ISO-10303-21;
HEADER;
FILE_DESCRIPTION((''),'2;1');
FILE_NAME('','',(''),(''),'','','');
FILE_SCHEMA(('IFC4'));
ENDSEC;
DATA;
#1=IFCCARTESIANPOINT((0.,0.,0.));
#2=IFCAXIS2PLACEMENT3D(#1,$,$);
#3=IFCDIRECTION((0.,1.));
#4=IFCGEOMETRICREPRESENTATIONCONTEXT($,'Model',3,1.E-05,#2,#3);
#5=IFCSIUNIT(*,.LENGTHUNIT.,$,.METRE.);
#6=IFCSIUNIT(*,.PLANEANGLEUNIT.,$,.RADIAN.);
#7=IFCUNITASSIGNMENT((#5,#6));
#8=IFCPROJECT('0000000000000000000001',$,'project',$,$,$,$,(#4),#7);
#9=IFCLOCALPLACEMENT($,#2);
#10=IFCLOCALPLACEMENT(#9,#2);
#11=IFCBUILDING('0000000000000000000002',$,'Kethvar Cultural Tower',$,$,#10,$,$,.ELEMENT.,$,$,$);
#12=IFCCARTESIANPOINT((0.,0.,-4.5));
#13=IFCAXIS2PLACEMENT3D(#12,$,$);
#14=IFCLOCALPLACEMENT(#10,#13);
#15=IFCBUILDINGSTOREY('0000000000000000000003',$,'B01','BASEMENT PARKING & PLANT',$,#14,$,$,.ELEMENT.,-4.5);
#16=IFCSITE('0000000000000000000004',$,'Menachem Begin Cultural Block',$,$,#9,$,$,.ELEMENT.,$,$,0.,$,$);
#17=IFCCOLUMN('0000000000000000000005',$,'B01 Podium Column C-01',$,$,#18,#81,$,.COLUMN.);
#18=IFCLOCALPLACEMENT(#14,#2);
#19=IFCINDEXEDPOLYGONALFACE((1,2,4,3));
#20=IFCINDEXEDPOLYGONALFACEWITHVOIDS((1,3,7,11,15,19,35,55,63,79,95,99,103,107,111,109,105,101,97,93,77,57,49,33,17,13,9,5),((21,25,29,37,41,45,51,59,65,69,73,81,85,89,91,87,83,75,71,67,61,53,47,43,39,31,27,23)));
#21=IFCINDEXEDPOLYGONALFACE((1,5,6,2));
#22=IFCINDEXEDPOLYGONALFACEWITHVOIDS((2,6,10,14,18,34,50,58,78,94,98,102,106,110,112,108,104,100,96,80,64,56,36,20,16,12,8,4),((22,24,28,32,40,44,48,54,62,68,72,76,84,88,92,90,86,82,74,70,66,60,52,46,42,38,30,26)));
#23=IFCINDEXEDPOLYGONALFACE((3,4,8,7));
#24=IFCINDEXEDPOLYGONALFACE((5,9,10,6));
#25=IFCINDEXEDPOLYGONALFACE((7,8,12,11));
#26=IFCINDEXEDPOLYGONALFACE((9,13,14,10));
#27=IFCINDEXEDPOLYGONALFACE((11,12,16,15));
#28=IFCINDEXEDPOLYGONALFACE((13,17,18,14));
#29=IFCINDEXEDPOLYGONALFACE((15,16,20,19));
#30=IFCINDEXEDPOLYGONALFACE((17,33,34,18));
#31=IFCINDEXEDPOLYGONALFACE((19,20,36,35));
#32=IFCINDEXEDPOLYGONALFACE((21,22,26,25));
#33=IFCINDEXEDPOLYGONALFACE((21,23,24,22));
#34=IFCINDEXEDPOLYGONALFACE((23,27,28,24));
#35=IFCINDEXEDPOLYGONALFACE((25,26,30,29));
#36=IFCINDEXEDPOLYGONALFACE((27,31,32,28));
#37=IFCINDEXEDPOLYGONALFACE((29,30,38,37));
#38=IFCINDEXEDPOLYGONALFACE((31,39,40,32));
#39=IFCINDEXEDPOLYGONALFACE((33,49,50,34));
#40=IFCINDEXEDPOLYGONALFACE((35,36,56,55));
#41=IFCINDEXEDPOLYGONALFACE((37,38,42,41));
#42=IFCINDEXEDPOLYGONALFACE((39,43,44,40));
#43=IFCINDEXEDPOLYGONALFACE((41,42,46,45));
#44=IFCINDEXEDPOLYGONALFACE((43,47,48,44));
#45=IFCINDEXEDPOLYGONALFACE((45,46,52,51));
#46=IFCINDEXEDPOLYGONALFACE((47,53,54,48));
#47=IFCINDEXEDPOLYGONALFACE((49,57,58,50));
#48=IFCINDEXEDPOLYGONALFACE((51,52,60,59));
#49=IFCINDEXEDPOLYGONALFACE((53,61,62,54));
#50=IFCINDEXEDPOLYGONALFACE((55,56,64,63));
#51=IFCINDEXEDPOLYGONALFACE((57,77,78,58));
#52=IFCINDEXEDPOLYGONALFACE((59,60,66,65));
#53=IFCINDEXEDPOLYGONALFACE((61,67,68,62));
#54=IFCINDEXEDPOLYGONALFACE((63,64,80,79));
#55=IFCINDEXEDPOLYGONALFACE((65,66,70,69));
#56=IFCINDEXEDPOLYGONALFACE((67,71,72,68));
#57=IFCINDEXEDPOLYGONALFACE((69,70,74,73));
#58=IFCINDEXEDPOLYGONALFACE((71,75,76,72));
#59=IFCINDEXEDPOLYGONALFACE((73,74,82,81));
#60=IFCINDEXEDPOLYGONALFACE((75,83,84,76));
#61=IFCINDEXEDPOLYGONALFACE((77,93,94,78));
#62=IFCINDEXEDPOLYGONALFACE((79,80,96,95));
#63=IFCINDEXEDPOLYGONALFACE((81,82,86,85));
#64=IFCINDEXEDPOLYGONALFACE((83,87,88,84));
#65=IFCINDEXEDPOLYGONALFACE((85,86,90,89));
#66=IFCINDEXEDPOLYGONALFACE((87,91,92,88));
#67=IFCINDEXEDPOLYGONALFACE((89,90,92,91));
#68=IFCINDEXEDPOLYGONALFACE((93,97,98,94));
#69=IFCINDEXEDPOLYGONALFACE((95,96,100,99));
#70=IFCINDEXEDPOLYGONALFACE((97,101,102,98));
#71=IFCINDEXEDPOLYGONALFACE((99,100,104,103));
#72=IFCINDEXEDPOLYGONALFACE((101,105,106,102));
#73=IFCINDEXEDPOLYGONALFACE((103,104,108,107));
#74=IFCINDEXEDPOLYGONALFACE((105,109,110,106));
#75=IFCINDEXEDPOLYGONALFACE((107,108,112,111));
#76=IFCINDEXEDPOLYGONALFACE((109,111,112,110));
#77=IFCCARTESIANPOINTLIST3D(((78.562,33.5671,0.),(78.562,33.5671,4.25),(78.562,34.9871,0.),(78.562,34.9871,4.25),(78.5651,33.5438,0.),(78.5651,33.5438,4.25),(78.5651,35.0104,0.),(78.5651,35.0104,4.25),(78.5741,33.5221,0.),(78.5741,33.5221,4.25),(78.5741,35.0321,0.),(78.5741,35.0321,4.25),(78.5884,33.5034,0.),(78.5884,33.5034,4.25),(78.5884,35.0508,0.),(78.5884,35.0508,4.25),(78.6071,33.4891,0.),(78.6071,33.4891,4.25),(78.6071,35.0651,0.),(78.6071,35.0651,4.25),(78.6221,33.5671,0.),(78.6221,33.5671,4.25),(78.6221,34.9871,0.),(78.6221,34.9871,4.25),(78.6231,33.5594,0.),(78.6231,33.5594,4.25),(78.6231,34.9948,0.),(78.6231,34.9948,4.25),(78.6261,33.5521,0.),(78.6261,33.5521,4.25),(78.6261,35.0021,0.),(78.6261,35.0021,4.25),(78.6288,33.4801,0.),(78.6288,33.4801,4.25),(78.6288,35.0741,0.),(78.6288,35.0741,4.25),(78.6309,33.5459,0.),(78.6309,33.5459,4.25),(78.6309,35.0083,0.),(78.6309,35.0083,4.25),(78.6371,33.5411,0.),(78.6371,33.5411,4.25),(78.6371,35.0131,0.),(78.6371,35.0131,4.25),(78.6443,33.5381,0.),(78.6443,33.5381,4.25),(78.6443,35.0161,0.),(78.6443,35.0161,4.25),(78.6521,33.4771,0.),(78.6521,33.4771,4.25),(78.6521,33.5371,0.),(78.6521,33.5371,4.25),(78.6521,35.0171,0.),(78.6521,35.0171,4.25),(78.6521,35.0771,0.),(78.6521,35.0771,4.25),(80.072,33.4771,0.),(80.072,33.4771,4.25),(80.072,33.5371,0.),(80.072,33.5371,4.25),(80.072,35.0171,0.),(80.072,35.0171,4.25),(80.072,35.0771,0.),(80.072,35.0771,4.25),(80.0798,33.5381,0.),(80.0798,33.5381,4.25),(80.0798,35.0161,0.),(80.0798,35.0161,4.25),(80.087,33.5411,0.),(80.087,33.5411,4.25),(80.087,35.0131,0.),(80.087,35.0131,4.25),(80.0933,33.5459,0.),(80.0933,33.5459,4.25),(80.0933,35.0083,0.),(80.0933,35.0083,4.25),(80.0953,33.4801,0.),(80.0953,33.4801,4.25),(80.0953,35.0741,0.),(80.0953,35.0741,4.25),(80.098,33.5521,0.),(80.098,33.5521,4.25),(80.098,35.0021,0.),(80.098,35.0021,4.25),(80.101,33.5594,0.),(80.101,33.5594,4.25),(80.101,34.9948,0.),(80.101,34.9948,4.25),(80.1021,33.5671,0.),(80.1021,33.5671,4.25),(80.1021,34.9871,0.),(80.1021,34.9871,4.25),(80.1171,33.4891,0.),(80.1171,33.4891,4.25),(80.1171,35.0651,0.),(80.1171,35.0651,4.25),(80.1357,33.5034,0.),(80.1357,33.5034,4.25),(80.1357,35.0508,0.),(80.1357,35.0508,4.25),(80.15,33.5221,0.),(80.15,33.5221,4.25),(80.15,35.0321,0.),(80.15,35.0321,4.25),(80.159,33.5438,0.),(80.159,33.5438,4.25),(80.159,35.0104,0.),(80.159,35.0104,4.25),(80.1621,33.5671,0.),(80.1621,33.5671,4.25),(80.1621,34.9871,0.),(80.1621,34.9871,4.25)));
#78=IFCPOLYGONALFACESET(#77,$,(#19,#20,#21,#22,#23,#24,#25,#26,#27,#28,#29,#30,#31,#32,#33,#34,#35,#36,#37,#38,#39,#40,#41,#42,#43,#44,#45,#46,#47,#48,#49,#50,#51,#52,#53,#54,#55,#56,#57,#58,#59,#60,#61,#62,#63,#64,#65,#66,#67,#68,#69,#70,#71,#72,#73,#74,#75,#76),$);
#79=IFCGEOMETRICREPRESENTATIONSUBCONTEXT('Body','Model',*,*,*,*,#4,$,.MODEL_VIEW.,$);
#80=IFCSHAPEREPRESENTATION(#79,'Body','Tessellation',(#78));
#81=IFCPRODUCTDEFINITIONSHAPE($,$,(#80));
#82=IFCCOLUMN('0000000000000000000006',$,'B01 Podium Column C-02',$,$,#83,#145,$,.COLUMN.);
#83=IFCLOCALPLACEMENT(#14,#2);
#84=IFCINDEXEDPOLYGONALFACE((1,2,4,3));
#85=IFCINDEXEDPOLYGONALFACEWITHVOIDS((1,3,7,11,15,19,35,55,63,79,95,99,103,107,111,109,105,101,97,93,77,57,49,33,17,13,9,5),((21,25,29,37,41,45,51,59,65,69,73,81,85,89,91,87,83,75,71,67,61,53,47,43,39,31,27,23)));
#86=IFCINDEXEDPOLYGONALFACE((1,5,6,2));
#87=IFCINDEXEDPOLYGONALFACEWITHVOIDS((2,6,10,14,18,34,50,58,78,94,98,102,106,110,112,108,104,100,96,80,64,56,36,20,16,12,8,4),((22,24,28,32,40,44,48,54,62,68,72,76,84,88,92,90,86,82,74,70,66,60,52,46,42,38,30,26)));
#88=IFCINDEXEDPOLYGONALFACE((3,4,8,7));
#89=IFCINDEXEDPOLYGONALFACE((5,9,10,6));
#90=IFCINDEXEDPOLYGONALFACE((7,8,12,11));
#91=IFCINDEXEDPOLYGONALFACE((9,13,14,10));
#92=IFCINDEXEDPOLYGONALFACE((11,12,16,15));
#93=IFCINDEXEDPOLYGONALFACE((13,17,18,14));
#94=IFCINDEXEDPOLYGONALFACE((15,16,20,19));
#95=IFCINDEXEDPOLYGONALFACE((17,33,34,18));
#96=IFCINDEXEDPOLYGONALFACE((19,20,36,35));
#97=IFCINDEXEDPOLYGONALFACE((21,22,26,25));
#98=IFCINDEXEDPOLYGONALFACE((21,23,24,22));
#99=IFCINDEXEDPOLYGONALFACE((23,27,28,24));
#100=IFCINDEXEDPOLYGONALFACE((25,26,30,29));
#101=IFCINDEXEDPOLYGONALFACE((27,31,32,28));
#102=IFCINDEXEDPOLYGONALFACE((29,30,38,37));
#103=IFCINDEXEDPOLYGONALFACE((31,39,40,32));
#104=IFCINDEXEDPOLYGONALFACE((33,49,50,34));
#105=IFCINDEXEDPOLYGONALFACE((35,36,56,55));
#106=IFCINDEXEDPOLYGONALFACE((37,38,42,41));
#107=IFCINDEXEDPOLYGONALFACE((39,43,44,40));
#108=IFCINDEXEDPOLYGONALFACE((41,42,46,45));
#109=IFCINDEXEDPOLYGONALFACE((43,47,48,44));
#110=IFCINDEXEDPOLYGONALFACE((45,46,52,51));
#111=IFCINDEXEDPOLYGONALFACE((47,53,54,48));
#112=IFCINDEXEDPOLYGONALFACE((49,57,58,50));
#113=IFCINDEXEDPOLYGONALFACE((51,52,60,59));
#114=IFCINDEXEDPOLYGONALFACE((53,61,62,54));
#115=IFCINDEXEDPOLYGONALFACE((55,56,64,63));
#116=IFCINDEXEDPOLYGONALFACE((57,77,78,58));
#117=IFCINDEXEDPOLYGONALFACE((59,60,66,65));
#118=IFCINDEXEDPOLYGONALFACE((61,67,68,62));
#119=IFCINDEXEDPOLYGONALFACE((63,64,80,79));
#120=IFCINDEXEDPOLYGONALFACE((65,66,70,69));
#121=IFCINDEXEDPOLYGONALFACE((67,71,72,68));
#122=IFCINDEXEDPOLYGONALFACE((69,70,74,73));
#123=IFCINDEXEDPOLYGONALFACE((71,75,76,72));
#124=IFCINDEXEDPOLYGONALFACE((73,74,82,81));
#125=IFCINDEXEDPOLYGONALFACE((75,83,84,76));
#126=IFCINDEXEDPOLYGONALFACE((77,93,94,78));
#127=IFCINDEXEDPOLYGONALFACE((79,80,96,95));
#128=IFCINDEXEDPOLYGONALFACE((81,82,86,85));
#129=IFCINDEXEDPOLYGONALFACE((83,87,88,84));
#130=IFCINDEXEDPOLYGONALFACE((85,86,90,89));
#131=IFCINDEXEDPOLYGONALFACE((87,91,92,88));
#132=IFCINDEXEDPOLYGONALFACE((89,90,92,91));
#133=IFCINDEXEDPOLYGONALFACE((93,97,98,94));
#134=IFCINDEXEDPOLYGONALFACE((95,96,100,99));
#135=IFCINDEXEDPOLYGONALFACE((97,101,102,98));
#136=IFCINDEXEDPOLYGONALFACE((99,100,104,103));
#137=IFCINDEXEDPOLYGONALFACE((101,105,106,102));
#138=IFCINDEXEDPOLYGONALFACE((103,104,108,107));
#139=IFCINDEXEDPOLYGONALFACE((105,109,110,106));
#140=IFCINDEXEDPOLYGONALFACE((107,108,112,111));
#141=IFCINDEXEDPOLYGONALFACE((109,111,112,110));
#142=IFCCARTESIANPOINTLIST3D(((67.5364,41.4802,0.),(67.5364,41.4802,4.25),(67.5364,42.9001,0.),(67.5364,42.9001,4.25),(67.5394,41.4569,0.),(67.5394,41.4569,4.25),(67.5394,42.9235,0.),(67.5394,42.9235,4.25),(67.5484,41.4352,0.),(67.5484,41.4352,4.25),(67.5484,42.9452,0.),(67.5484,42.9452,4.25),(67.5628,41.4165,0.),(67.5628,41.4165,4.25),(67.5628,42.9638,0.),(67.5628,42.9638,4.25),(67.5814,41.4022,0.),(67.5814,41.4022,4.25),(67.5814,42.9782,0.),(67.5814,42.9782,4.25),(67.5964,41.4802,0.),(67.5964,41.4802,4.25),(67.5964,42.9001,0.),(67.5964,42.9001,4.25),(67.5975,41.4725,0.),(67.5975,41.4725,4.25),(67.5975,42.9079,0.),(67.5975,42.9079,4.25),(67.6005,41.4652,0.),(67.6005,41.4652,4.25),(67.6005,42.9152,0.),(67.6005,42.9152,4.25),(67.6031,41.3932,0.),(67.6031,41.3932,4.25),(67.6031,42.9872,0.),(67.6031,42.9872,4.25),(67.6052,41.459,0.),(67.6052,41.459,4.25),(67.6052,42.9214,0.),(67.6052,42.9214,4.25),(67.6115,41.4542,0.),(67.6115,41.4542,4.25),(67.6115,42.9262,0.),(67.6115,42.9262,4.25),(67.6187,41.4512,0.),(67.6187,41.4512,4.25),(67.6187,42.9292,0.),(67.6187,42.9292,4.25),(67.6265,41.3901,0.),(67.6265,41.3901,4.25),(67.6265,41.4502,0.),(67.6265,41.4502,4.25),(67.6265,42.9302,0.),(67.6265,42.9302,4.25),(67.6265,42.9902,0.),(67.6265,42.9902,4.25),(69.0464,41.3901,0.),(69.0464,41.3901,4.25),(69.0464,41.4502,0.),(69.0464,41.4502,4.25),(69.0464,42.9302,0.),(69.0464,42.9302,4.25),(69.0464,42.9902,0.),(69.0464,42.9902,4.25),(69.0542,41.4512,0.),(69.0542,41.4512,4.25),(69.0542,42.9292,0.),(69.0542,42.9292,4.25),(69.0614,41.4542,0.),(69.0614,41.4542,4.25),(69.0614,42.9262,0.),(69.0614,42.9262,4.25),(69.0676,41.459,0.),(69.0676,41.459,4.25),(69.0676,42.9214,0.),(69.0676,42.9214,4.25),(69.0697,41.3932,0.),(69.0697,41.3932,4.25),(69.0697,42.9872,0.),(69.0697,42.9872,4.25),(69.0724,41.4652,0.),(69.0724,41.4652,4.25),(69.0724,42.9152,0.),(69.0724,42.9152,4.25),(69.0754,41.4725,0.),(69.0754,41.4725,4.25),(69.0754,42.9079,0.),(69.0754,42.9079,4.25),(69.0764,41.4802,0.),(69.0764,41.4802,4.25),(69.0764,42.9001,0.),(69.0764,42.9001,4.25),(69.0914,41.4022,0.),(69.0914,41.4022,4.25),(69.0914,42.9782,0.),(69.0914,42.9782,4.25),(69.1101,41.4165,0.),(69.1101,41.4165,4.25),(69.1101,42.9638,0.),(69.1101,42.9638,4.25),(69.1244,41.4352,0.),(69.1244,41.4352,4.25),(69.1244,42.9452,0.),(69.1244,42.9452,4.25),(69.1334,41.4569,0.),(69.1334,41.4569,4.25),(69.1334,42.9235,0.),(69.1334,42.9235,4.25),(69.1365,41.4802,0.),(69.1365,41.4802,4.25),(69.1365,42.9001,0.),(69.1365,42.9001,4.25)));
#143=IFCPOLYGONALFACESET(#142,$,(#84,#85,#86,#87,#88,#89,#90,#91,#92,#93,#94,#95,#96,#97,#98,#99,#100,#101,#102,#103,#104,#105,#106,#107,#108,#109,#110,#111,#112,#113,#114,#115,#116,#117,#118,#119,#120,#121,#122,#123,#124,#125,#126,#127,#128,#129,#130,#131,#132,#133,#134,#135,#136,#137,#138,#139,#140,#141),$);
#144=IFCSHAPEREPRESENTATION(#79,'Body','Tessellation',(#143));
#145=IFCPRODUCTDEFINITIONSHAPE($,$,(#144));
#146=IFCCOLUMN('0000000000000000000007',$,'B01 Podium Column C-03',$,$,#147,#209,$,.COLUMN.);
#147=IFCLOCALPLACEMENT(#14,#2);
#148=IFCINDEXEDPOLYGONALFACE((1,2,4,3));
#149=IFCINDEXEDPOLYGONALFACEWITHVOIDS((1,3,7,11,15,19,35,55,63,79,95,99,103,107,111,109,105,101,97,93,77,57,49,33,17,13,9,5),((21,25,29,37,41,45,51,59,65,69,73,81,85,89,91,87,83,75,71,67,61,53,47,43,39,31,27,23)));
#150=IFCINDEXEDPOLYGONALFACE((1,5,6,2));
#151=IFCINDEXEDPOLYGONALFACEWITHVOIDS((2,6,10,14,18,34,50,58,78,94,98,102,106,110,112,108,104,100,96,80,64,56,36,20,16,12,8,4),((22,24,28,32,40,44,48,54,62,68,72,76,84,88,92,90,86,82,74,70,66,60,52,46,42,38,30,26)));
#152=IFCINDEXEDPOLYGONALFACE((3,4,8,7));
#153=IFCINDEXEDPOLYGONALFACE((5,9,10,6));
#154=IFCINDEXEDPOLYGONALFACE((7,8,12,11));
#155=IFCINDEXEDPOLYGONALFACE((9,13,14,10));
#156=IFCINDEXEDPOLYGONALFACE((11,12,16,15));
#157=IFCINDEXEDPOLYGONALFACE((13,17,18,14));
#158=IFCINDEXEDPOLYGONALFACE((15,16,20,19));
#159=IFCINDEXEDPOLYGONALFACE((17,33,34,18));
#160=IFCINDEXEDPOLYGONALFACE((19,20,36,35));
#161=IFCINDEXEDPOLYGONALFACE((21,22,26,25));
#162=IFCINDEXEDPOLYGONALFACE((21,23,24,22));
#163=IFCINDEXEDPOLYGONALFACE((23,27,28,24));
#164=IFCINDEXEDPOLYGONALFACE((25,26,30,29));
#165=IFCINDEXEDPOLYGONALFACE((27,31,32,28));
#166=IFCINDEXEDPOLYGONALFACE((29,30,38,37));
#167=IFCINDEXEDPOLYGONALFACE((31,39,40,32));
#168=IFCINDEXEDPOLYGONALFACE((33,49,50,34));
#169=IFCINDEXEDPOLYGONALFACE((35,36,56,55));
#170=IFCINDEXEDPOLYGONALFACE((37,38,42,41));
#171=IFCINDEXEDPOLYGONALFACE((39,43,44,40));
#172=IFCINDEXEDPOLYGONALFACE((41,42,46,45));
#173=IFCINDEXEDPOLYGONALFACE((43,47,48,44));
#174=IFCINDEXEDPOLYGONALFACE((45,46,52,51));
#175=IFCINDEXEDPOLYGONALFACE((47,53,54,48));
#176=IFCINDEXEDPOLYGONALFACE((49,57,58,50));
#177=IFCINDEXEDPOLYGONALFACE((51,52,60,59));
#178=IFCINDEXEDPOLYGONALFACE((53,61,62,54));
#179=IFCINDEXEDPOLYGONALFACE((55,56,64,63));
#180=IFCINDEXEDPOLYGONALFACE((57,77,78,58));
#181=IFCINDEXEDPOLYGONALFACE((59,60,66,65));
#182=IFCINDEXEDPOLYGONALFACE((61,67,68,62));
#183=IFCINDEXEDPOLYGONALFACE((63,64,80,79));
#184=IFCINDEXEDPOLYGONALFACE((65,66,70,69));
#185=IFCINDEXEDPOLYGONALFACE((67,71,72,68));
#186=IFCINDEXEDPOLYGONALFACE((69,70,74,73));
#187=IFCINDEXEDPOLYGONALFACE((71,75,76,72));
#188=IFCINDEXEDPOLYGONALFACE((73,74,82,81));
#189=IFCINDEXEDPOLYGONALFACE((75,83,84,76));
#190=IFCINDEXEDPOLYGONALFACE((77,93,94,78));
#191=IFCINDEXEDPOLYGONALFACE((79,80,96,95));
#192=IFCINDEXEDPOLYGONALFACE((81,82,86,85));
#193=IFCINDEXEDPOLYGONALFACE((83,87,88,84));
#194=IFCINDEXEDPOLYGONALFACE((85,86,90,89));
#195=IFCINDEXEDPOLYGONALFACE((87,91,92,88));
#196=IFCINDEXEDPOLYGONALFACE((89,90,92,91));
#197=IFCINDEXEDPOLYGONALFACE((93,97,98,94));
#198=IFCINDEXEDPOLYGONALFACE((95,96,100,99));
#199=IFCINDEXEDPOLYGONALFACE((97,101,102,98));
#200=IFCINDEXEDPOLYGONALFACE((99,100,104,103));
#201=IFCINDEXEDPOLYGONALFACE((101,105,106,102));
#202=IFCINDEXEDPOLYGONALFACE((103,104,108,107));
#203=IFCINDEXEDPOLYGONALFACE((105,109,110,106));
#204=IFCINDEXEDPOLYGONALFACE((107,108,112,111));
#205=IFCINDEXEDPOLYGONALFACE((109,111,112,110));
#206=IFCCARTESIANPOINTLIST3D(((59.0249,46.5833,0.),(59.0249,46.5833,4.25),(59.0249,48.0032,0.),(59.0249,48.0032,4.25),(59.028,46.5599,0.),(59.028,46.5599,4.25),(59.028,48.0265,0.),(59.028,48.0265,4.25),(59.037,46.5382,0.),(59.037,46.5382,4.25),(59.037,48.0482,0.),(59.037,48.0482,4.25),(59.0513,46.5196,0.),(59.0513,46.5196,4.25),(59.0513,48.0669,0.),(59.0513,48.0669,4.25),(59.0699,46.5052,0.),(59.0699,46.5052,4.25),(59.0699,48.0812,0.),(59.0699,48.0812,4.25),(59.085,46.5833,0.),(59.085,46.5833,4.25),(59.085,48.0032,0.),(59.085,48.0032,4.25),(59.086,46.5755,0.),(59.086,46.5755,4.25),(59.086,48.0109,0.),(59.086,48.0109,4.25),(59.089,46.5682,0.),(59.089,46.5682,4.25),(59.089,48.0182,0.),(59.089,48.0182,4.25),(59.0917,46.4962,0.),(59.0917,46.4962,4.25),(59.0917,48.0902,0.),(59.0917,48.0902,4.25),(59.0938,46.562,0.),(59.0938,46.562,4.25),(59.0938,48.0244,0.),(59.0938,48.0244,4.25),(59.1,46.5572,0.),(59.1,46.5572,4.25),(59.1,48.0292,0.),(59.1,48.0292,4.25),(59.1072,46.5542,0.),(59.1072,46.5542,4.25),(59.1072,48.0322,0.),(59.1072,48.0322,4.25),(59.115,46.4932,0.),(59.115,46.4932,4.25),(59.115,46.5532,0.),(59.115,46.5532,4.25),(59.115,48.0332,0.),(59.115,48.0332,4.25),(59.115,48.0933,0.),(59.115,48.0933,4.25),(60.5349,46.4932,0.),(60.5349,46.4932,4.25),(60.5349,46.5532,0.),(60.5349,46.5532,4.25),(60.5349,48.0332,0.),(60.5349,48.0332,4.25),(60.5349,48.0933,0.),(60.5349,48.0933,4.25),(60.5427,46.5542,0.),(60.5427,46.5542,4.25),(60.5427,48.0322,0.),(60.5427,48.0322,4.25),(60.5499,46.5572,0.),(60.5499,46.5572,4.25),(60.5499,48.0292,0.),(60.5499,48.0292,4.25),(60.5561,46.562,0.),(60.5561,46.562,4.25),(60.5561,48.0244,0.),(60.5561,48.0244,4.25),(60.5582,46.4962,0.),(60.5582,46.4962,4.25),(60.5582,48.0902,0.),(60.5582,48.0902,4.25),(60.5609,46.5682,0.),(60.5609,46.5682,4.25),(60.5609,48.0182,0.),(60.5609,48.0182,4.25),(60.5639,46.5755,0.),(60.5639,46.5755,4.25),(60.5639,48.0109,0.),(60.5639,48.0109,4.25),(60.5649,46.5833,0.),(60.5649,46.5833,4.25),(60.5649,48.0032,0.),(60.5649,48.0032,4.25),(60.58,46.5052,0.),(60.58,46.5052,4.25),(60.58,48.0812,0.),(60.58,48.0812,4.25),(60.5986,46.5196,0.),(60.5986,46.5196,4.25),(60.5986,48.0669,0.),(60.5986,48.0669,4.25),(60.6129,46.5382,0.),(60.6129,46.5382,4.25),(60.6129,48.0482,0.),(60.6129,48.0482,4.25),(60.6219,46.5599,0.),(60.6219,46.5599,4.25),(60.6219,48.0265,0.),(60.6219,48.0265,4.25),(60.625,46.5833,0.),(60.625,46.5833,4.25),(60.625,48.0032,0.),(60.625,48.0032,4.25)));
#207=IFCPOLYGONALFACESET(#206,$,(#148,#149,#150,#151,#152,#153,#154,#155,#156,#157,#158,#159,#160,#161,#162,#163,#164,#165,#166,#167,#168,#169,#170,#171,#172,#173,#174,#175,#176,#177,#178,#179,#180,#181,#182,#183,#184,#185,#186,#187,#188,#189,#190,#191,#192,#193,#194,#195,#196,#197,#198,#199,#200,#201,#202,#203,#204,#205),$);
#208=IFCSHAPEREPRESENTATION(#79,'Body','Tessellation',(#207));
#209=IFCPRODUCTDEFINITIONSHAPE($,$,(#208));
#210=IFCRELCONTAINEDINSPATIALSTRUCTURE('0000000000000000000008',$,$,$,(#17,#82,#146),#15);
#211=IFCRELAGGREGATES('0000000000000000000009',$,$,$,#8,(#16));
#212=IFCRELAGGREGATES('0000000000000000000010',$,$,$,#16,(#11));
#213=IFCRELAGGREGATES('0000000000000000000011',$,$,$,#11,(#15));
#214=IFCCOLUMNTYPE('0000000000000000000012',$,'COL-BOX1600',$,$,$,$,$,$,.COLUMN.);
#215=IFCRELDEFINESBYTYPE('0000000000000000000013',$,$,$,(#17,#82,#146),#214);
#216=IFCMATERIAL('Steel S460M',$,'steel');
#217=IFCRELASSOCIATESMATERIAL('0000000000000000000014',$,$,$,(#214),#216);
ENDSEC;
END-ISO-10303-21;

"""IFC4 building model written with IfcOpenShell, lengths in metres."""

from ifc_helpers import new_model, si_unit, direction, frame, origin, origin_2d, place, context, subcontext, project, spatial, hollow_rectangle, extrude, source, transform, mapped, material, material_profile, profile_set, type_object, element, save


model = new_model("IFC4")

# Units and contexts
model_context = context("Model", 3, precision=1e-05, world=origin(), true_north=direction((0.0, 1.0)))
body_context = subcontext(model_context, "Body", "Model", "MODEL_VIEW")
ifc_project = project(units=[si_unit("LENGTHUNIT", "METRE"), si_unit("PLANEANGLEUNIT", "RADIAN")], contexts=[model_context])

# Site, building, storey
site_placement = place(None, origin())
site = spatial("IfcSite", under=ifc_project, at=site_placement, Name="Menachem Begin Cultural Block", CompositionType="ELEMENT", RefElevation=0.0)
building_placement = place(site_placement, origin())
building = spatial("IfcBuilding", under=site, at=building_placement, Name="Kethvar Cultural Tower", CompositionType="ELEMENT")
storey_placement = place(building_placement, frame((0.0, 0.0, -4.5)))
storey = spatial("IfcBuildingStorey", under=building, at=storey_placement, Name="B01", Description="BASEMENT PARKING & PLANT", CompositionType="ELEMENT", Elevation=-4.5)

# Columns
ifc_material_1 = material(Name="Steel S460M", Category="steel")
ifc_material_profile_1 = material_profile(ifc_material_1, hollow_rectangle(XDim=1.6001, YDim=1.6001, WallThickness=0.0601, InnerFilletRadius=0.03, OuterFilletRadius=0.0901, at=origin_2d()), Name="Steel S460M — BOX1600x1600x60")
ifc_profile_set_1 = profile_set([ifc_material_profile_1], Name="Steel S460M — BOX1600x1600x60")
column_type = type_object("IfcColumnType", Name="COL-BOX1600", PredefinedType="COLUMN", material=ifc_profile_set_1)
shared_shape_1 = source(origin(), body_context, "Body", "SweptSolid", [
    extrude(hollow_rectangle(XDim=1.6001, YDim=1.6001, WallThickness=0.0601, InnerFilletRadius=0.03, OuterFilletRadius=0.0901, at=origin_2d()), origin(), (0.0, 0.0, 1.0), 4.25),
])
for number, where, z_axis, x_axis, name in (
    (1, (79.3621, 34.2771, 0.0), (0.0, 0.0, 1.0), (1.0, 0.0, 0.0), "B01 Podium Column C-01"),
    (2, (68.3364, 42.1902, 0.0), (0.0, 0.0, 1.0), (1.0, 0.0, 0.0), "B01 Podium Column C-02"),
    (3, (59.825, 47.2932, 0.0), (0.0, 0.0, 1.0), (1.0, 0.0, 0.0), "B01 Podium Column C-03"),
):
    element("IfcColumn", number, at=place(storey_placement, frame(where, z_axis=z_axis, x_axis=x_axis)), inside=storey, type_object=column_type, Name=name, PredefinedType="COLUMN", context=body_context, shape_type="MappedRepresentation", body=[
        mapped(shared_shape_1, transform((0.0, 0.0, 0.0), scale=1.0)),
    ])

save(model, "model.ifc")
